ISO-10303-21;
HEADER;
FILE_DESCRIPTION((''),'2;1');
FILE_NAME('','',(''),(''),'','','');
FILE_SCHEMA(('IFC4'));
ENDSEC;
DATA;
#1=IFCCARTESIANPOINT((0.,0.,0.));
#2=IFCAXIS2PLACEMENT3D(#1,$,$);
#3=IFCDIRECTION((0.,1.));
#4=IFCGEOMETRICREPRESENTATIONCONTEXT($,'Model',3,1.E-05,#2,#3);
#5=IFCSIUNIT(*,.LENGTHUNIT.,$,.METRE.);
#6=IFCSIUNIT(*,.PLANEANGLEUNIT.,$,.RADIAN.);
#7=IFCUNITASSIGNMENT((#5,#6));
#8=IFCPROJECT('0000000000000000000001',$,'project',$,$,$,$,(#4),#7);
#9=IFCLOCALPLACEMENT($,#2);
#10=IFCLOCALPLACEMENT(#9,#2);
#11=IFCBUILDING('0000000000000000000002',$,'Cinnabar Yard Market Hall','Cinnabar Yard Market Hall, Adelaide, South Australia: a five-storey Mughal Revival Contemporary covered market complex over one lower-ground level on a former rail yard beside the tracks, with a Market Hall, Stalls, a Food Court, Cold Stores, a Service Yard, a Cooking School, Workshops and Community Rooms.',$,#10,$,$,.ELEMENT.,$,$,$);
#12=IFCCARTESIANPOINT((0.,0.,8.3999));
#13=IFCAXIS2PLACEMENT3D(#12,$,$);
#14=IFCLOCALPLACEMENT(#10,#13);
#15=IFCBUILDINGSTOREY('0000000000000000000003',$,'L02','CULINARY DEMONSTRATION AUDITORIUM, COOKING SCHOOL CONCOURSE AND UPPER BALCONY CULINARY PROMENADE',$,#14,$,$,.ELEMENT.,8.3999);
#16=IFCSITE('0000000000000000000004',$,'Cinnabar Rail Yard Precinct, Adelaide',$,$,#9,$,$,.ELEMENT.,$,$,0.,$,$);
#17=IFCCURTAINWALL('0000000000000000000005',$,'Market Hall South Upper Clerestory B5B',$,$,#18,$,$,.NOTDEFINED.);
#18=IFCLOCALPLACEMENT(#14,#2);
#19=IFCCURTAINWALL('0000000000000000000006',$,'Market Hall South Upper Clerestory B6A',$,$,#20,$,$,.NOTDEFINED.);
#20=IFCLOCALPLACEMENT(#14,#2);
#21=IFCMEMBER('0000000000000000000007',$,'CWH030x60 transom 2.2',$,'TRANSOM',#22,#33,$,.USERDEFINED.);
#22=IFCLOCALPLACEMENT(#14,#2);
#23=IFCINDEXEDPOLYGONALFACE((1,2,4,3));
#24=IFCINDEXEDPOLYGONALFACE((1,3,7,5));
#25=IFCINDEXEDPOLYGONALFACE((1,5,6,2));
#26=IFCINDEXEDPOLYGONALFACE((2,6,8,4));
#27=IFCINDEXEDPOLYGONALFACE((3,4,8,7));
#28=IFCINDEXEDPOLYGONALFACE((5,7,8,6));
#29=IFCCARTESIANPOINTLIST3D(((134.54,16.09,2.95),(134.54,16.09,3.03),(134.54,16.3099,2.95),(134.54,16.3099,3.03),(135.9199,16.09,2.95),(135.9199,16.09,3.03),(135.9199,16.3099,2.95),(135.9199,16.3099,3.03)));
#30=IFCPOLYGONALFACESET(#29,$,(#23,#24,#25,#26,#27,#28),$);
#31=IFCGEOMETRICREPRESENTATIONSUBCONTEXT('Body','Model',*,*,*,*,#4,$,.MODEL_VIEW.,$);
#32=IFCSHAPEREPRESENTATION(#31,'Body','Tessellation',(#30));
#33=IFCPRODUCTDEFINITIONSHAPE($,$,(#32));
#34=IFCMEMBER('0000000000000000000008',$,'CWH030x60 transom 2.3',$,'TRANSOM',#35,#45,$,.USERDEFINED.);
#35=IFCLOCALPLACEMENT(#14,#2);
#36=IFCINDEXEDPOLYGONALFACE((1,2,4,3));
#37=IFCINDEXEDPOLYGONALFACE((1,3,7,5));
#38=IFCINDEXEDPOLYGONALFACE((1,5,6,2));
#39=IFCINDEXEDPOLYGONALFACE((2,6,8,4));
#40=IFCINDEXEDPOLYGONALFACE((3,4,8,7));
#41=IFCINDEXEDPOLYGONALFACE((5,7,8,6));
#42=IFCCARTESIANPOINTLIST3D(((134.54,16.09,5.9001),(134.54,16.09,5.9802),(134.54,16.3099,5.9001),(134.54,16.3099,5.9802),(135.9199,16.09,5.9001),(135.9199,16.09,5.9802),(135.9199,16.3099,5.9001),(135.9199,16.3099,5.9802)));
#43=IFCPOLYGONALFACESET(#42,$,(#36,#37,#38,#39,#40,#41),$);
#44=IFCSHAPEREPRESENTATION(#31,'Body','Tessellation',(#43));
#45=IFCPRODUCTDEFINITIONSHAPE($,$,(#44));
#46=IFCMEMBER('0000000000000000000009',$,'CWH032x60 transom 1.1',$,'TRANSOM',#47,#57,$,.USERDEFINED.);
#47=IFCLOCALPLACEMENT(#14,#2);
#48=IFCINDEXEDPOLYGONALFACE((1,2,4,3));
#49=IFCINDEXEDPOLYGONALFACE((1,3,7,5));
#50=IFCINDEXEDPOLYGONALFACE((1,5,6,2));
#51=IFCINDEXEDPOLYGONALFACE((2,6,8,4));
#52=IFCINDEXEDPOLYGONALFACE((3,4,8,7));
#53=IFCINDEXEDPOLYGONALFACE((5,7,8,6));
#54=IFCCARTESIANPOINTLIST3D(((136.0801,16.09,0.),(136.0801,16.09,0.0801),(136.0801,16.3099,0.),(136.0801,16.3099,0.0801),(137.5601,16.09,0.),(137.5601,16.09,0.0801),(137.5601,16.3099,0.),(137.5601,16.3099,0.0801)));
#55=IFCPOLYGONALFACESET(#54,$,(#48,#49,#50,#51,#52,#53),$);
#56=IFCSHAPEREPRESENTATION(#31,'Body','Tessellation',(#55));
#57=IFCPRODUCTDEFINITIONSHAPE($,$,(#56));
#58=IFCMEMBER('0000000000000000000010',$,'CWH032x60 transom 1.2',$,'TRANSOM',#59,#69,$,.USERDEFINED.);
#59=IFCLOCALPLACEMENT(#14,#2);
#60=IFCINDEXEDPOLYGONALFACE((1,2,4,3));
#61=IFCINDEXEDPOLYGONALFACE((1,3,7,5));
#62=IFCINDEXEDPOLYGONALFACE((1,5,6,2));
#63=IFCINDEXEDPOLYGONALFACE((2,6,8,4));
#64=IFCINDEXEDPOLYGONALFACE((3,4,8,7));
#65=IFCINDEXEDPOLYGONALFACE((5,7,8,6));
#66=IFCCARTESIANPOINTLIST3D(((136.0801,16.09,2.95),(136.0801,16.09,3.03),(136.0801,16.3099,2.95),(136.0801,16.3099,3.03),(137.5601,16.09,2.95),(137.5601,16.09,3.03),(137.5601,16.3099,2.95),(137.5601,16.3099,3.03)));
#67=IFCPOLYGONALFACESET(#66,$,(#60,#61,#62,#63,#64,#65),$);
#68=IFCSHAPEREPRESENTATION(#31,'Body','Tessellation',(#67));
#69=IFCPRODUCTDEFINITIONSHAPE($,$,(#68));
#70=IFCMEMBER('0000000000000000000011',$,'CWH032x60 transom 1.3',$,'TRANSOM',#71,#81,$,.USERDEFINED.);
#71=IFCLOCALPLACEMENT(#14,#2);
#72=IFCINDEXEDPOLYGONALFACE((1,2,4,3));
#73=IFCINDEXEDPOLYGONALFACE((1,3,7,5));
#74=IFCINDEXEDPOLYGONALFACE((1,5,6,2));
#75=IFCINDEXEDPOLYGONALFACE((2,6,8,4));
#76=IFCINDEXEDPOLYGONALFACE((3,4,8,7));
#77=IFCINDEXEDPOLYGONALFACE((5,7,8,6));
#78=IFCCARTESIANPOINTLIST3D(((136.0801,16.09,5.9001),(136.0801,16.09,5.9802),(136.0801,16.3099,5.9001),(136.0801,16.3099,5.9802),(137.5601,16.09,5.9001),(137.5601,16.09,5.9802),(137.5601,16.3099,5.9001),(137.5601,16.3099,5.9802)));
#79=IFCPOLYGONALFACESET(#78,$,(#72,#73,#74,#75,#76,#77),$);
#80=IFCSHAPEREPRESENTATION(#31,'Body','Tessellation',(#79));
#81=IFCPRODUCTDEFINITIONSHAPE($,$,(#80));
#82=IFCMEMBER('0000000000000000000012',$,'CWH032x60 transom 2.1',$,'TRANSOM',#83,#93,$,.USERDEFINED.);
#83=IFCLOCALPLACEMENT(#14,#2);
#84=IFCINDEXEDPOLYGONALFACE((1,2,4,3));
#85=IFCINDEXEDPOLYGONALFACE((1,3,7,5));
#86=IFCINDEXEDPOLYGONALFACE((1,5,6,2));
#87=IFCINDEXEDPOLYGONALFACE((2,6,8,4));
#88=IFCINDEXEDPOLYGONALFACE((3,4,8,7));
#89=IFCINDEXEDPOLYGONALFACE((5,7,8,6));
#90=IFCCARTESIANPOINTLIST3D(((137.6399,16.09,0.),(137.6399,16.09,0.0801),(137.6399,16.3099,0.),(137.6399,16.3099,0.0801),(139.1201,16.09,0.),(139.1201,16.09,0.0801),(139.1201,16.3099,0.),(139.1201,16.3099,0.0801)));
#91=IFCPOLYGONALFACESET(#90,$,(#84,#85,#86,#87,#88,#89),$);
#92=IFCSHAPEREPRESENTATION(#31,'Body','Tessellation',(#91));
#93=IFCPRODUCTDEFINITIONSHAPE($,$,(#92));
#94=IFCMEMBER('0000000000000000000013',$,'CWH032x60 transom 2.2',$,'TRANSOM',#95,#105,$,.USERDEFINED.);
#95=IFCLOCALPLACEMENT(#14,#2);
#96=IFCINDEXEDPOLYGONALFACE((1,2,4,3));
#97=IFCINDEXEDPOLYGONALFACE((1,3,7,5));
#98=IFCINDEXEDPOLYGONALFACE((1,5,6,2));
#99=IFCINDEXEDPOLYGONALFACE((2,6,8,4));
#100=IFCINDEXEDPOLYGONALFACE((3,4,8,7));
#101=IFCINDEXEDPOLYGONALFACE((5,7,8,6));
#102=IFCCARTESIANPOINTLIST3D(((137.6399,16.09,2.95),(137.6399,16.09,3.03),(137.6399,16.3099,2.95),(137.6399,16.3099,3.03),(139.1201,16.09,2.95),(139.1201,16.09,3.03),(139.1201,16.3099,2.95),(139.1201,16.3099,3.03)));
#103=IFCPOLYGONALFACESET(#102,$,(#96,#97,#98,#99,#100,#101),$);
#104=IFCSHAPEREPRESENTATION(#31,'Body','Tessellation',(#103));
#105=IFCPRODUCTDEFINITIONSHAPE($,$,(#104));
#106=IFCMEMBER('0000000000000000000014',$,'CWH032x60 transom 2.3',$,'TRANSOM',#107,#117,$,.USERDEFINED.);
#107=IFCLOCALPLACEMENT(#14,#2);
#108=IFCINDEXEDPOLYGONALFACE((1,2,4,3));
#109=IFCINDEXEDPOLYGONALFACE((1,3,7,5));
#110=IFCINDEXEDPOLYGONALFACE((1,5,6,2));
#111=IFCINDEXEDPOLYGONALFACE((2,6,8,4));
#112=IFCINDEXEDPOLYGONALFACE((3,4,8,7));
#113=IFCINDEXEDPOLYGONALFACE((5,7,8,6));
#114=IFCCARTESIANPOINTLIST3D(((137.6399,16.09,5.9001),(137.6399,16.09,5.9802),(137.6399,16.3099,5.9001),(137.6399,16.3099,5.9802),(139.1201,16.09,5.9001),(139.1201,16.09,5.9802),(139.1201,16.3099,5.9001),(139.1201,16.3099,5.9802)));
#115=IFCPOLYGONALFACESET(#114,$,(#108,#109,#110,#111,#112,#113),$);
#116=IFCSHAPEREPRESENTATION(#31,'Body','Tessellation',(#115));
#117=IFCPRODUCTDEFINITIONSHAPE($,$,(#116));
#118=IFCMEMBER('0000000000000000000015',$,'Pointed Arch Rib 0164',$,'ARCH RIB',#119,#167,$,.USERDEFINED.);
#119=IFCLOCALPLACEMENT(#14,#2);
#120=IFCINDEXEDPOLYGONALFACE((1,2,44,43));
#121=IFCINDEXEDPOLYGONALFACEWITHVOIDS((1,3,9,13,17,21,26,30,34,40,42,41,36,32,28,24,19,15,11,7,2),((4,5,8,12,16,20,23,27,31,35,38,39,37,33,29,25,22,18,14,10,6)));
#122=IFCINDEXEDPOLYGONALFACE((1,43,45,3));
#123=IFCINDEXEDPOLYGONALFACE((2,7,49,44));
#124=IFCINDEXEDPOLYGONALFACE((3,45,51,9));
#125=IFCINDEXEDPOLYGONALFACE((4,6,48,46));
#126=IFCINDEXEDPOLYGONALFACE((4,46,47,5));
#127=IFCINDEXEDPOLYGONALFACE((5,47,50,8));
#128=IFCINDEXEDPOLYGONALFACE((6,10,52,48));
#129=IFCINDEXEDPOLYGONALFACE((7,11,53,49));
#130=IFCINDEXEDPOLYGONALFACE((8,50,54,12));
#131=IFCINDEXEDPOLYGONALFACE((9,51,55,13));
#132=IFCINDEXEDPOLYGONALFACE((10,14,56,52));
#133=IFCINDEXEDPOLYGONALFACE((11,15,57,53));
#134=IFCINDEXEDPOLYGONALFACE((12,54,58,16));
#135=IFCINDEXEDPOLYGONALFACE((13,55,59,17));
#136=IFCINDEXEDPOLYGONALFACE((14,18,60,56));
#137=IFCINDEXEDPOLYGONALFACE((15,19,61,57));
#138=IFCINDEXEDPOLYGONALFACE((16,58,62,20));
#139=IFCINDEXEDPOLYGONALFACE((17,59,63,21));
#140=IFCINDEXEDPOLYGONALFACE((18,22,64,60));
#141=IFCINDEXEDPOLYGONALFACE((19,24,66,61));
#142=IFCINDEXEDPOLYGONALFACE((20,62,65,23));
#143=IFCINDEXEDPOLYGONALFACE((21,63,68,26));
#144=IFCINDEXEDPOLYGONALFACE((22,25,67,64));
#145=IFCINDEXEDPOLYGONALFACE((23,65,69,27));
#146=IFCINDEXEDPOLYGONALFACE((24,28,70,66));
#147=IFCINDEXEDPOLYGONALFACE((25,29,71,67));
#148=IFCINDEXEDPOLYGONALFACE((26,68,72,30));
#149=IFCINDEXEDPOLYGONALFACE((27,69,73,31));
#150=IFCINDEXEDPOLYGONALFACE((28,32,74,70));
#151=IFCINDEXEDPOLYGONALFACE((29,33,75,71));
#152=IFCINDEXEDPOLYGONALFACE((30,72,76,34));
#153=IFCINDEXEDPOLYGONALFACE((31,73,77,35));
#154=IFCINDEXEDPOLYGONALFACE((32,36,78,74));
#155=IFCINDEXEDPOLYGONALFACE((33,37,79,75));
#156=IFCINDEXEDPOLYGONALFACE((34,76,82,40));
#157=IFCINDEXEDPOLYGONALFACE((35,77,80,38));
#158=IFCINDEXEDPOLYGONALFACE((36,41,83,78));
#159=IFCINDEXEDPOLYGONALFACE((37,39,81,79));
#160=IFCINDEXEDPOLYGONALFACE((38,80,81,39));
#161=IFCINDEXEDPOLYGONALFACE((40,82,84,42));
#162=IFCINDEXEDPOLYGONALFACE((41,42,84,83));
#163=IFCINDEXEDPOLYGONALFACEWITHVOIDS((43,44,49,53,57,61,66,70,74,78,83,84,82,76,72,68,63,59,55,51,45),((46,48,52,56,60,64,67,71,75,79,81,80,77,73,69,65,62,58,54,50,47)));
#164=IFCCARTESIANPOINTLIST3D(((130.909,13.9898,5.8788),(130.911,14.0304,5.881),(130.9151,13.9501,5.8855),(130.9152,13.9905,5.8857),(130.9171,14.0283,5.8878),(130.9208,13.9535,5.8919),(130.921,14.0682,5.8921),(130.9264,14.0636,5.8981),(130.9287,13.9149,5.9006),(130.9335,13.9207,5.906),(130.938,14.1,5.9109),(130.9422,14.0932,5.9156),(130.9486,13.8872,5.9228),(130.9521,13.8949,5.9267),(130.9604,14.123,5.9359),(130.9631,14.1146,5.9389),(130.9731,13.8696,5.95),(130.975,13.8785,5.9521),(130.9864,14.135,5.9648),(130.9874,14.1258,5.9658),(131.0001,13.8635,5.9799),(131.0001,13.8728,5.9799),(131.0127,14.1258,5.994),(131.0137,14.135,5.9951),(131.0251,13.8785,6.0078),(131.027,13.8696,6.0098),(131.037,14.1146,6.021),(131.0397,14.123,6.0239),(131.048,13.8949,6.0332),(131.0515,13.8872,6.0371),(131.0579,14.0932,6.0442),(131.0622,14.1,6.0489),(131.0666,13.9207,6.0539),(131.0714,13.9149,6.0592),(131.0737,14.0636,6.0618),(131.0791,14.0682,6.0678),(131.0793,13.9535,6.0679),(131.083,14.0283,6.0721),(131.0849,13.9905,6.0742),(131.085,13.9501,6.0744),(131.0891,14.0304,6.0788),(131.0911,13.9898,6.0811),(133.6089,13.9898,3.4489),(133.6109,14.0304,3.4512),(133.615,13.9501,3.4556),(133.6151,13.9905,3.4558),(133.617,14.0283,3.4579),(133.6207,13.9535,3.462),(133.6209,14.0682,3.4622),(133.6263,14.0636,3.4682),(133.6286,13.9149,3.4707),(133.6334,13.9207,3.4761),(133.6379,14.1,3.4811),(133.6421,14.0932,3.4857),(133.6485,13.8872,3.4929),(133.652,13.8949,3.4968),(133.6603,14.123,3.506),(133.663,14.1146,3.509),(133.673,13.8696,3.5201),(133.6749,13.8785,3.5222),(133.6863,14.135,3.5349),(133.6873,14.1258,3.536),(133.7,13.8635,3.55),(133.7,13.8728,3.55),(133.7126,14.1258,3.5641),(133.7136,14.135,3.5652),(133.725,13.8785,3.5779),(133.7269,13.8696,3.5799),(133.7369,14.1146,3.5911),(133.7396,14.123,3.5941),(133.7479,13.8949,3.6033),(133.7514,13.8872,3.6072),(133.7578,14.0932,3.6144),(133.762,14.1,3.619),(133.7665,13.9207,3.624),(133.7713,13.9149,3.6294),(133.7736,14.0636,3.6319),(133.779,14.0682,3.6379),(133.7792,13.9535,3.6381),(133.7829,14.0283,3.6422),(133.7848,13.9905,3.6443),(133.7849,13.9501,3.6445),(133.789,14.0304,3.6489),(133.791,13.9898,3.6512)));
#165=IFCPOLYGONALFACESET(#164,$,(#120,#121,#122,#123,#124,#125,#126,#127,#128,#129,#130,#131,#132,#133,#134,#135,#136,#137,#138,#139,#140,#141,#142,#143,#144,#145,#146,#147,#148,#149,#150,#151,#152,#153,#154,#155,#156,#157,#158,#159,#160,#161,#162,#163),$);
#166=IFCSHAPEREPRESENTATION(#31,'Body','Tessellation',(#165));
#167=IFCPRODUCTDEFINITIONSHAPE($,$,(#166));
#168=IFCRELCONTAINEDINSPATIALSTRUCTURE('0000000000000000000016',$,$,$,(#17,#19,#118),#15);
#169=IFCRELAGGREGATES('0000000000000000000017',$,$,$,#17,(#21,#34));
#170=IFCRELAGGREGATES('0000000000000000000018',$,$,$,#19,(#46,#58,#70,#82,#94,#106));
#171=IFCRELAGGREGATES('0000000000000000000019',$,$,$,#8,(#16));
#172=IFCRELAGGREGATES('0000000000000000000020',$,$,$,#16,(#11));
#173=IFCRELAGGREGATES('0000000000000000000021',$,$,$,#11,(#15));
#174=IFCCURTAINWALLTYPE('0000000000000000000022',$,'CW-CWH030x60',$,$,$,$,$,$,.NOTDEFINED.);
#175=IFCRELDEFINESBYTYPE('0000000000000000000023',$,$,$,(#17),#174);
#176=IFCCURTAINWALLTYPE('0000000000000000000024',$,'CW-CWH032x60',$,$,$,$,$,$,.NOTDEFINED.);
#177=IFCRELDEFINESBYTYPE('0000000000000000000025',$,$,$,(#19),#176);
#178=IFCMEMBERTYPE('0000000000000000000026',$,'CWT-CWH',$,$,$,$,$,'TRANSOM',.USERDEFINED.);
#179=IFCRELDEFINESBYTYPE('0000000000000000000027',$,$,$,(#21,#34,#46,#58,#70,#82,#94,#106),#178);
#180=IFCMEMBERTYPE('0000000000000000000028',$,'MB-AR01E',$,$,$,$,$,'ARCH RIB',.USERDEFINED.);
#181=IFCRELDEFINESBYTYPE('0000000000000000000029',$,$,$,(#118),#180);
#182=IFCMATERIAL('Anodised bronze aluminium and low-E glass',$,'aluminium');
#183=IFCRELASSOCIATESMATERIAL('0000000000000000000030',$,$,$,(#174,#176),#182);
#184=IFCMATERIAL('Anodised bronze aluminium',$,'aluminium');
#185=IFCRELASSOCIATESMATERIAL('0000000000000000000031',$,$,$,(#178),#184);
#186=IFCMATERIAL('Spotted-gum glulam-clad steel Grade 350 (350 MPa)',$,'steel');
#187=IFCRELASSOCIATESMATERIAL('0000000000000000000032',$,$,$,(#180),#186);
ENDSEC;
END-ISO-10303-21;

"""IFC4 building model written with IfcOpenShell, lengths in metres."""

from ifc_helpers import new_model, si_unit, direction, frame, origin, origin_2d_with_axis, place, context, subcontext, project, spatial, rectangle, hollow_circle, extrude, material, material_profile, profile_set, type_object, element, aggregate, save


model = new_model("IFC4")

# Units and contexts
model_context = context("Model", 3, precision=1e-05, world=origin(), true_north=direction((0.0, 1.0)))
body_context = subcontext(model_context, "Body", "Model", "MODEL_VIEW")
ifc_project = project(units=[si_unit("LENGTHUNIT", "METRE"), si_unit("PLANEANGLEUNIT", "RADIAN")], contexts=[model_context])

# Site, building, storey
site_placement = place(None, origin())
site = spatial("IfcSite", under=ifc_project, at=site_placement, Name="Cinnabar Rail Yard Precinct, Adelaide", CompositionType="ELEMENT", RefElevation=0.0)
building_placement = place(site_placement, origin())
building = spatial("IfcBuilding", under=site, at=building_placement, Name="Cinnabar Yard Market Hall", Description="Cinnabar Yard Market Hall, Adelaide, South Australia: a five-storey Mughal Revival Contemporary covered market complex over one lower-ground level on a former rail yard beside the tracks, with a Market Hall, Stalls, a Food Court, Cold Stores, a Service Yard, a Cooking School, Workshops and Community Rooms.", CompositionType="ELEMENT")
storey_placement = place(building_placement, frame((0.0, 0.0, 8.3999)))
storey = spatial("IfcBuildingStorey", under=building, at=storey_placement, Name="L02", Description="CULINARY DEMONSTRATION AUDITORIUM, COOKING SCHOOL CONCOURSE AND UPPER BALCONY CULINARY PROMENADE", CompositionType="ELEMENT", Elevation=8.3999)

# Shared definitions
ifc_material_1 = material(Name="Spotted-gum glulam-clad steel Grade 350 (350 MPa)", Category="steel")

# Shared definitions
ifc_material_2 = material(Name="Anodised bronze aluminium and low-E glass", Category="aluminium")
ifc_material_3 = material(Name="Anodised bronze aluminium", Category="aluminium")

# Curtain walls
curtain_wall_type_1 = type_object("IfcCurtainWallType", Name="CW-CWH030x60", PredefinedType="NOTDEFINED", material=ifc_material_2)
curtain_wall_1_placement = place(storey_placement, origin())
curtain_wall_1 = element("IfcCurtainWall", 1, at=curtain_wall_1_placement, inside=storey, type_object=curtain_wall_type_1, Name="Market Hall South Upper Clerestory B5B", PredefinedType="NOTDEFINED")
curtain_wall_type_2 = type_object("IfcCurtainWallType", Name="CW-CWH032x60", PredefinedType="NOTDEFINED", material=ifc_material_2)
curtain_wall_2_placement = place(storey_placement, origin())
curtain_wall_2 = element("IfcCurtainWall", 2, at=curtain_wall_2_placement, inside=storey, type_object=curtain_wall_type_2, Name="Market Hall South Upper Clerestory B6A", PredefinedType="NOTDEFINED")

# Members
ifc_material_profile_1 = material_profile(ifc_material_3, rectangle(XDim=0.22, YDim=0.0801, at=origin_2d_with_axis()), Name="TRN-CWH")
ifc_profile_set_1 = profile_set([ifc_material_profile_1], Name="Anodised bronze aluminium")
member_type_1 = type_object("IfcMemberType", Name="CWT-CWH", ElementType="TRANSOM", PredefinedType="USERDEFINED", material=ifc_profile_set_1)
member_1_placement = place(storey_placement, frame((134.54, 16.2, 2.99), z_axis=(1.0, 0.0, 0.0), x_axis=(0.0, 1.0, 0.0)))
member_1 = element("IfcMember", 3, at=member_1_placement, type_object=member_type_1, Name="CWH030x60 transom 2.2", ObjectType="TRANSOM", PredefinedType="USERDEFINED", context=body_context, shape_type="SweptSolid", body=[
    extrude(rectangle(XDim=0.22, YDim=0.0801, at=origin_2d_with_axis()), origin(), (0.0, 0.0, 1.0), 1.3799),
])
member_2_placement = place(storey_placement, frame((134.54, 16.2, 5.9402), z_axis=(1.0, 0.0, 0.0), x_axis=(0.0, 1.0, 0.0)))
member_2 = element("IfcMember", 4, at=member_2_placement, type_object=member_type_1, Name="CWH030x60 transom 2.3", ObjectType="TRANSOM", PredefinedType="USERDEFINED", context=body_context, shape_type="SweptSolid", body=[
    extrude(rectangle(XDim=0.22, YDim=0.0801, at=origin_2d_with_axis()), origin(), (0.0, 0.0, 1.0), 1.3799),
])
member_3_placement = place(storey_placement, frame((136.0801, 16.2, 0.04), z_axis=(1.0, 0.0, 0.0), x_axis=(0.0, 1.0, 0.0)))
member_3 = element("IfcMember", 5, at=member_3_placement, type_object=member_type_1, Name="CWH032x60 transom 1.1", ObjectType="TRANSOM", PredefinedType="USERDEFINED", context=body_context, shape_type="SweptSolid", body=[
    extrude(rectangle(XDim=0.22, YDim=0.0801, at=origin_2d_with_axis()), origin(), (0.0, 0.0, 1.0), 1.48),
])
member_4_placement = place(storey_placement, frame((136.0801, 16.2, 2.99), z_axis=(1.0, 0.0, 0.0), x_axis=(0.0, 1.0, 0.0)))
member_4 = element("IfcMember", 6, at=member_4_placement, type_object=member_type_1, Name="CWH032x60 transom 1.2", ObjectType="TRANSOM", PredefinedType="USERDEFINED", context=body_context, shape_type="SweptSolid", body=[
    extrude(rectangle(XDim=0.22, YDim=0.0801, at=origin_2d_with_axis()), origin(), (0.0, 0.0, 1.0), 1.48),
])
member_5_placement = place(storey_placement, frame((136.0801, 16.2, 5.9402), z_axis=(1.0, 0.0, 0.0), x_axis=(0.0, 1.0, 0.0)))
member_5 = element("IfcMember", 7, at=member_5_placement, type_object=member_type_1, Name="CWH032x60 transom 1.3", ObjectType="TRANSOM", PredefinedType="USERDEFINED", context=body_context, shape_type="SweptSolid", body=[
    extrude(rectangle(XDim=0.22, YDim=0.0801, at=origin_2d_with_axis()), origin(), (0.0, 0.0, 1.0), 1.48),
])
member_6_placement = place(storey_placement, frame((137.6399, 16.2, 0.04), z_axis=(1.0, 0.0, 0.0), x_axis=(0.0, 1.0, 0.0)))
member_6 = element("IfcMember", 8, at=member_6_placement, type_object=member_type_1, Name="CWH032x60 transom 2.1", ObjectType="TRANSOM", PredefinedType="USERDEFINED", context=body_context, shape_type="SweptSolid", body=[
    extrude(rectangle(XDim=0.22, YDim=0.0801, at=origin_2d_with_axis()), origin(), (0.0, 0.0, 1.0), 1.4802),
])
member_7_placement = place(storey_placement, frame((137.6399, 16.2, 2.99), z_axis=(1.0, 0.0, 0.0), x_axis=(0.0, 1.0, 0.0)))
member_7 = element("IfcMember", 9, at=member_7_placement, type_object=member_type_1, Name="CWH032x60 transom 2.2", ObjectType="TRANSOM", PredefinedType="USERDEFINED", context=body_context, shape_type="SweptSolid", body=[
    extrude(rectangle(XDim=0.22, YDim=0.0801, at=origin_2d_with_axis()), origin(), (0.0, 0.0, 1.0), 1.4802),
])
member_8_placement = place(storey_placement, frame((137.6399, 16.2, 5.9402), z_axis=(1.0, 0.0, 0.0), x_axis=(0.0, 1.0, 0.0)))
member_8 = element("IfcMember", 10, at=member_8_placement, type_object=member_type_1, Name="CWH032x60 transom 2.3", ObjectType="TRANSOM", PredefinedType="USERDEFINED", context=body_context, shape_type="SweptSolid", body=[
    extrude(rectangle(XDim=0.22, YDim=0.0801, at=origin_2d_with_axis()), origin(), (0.0, 0.0, 1.0), 1.4802),
])

# Member
ifc_material_profile_2 = material_profile(ifc_material_1, hollow_circle(Radius=0.1365, WallThickness=0.0093, at=origin_2d_with_axis()), Name="273.1x9.3CHS")
ifc_profile_set_2 = profile_set([ifc_material_profile_2], Name="Spotted-gum glulam-clad steel Grade 350 (350 MPa)")
member_type_2 = type_object("IfcMemberType", Name="MB-AR01E", ElementType="ARCH RIB", PredefinedType="USERDEFINED", material=ifc_profile_set_2)
member_9_placement = place(storey_placement, frame((133.7, 14.0, 3.55), z_axis=(-0.743297, 0.0, 0.668961), x_axis=(0.0, -1.0, 0.0)))
element("IfcMember", 11, at=member_9_placement, inside=storey, type_object=member_type_2, Name="Pointed Arch Rib 0164", ObjectType="ARCH RIB", PredefinedType="USERDEFINED", context=body_context, shape_type="SweptSolid", body=[
    extrude(hollow_circle(Radius=0.1365, WallThickness=0.0093, at=origin_2d_with_axis()), origin(), (0.0, 0.0, 1.0), 3.6323),
])

aggregate(curtain_wall_1, [member_1, member_2])
aggregate(curtain_wall_2, [member_3, member_4, member_5, member_6, member_7, member_8])

save(model, "model.ifc")
